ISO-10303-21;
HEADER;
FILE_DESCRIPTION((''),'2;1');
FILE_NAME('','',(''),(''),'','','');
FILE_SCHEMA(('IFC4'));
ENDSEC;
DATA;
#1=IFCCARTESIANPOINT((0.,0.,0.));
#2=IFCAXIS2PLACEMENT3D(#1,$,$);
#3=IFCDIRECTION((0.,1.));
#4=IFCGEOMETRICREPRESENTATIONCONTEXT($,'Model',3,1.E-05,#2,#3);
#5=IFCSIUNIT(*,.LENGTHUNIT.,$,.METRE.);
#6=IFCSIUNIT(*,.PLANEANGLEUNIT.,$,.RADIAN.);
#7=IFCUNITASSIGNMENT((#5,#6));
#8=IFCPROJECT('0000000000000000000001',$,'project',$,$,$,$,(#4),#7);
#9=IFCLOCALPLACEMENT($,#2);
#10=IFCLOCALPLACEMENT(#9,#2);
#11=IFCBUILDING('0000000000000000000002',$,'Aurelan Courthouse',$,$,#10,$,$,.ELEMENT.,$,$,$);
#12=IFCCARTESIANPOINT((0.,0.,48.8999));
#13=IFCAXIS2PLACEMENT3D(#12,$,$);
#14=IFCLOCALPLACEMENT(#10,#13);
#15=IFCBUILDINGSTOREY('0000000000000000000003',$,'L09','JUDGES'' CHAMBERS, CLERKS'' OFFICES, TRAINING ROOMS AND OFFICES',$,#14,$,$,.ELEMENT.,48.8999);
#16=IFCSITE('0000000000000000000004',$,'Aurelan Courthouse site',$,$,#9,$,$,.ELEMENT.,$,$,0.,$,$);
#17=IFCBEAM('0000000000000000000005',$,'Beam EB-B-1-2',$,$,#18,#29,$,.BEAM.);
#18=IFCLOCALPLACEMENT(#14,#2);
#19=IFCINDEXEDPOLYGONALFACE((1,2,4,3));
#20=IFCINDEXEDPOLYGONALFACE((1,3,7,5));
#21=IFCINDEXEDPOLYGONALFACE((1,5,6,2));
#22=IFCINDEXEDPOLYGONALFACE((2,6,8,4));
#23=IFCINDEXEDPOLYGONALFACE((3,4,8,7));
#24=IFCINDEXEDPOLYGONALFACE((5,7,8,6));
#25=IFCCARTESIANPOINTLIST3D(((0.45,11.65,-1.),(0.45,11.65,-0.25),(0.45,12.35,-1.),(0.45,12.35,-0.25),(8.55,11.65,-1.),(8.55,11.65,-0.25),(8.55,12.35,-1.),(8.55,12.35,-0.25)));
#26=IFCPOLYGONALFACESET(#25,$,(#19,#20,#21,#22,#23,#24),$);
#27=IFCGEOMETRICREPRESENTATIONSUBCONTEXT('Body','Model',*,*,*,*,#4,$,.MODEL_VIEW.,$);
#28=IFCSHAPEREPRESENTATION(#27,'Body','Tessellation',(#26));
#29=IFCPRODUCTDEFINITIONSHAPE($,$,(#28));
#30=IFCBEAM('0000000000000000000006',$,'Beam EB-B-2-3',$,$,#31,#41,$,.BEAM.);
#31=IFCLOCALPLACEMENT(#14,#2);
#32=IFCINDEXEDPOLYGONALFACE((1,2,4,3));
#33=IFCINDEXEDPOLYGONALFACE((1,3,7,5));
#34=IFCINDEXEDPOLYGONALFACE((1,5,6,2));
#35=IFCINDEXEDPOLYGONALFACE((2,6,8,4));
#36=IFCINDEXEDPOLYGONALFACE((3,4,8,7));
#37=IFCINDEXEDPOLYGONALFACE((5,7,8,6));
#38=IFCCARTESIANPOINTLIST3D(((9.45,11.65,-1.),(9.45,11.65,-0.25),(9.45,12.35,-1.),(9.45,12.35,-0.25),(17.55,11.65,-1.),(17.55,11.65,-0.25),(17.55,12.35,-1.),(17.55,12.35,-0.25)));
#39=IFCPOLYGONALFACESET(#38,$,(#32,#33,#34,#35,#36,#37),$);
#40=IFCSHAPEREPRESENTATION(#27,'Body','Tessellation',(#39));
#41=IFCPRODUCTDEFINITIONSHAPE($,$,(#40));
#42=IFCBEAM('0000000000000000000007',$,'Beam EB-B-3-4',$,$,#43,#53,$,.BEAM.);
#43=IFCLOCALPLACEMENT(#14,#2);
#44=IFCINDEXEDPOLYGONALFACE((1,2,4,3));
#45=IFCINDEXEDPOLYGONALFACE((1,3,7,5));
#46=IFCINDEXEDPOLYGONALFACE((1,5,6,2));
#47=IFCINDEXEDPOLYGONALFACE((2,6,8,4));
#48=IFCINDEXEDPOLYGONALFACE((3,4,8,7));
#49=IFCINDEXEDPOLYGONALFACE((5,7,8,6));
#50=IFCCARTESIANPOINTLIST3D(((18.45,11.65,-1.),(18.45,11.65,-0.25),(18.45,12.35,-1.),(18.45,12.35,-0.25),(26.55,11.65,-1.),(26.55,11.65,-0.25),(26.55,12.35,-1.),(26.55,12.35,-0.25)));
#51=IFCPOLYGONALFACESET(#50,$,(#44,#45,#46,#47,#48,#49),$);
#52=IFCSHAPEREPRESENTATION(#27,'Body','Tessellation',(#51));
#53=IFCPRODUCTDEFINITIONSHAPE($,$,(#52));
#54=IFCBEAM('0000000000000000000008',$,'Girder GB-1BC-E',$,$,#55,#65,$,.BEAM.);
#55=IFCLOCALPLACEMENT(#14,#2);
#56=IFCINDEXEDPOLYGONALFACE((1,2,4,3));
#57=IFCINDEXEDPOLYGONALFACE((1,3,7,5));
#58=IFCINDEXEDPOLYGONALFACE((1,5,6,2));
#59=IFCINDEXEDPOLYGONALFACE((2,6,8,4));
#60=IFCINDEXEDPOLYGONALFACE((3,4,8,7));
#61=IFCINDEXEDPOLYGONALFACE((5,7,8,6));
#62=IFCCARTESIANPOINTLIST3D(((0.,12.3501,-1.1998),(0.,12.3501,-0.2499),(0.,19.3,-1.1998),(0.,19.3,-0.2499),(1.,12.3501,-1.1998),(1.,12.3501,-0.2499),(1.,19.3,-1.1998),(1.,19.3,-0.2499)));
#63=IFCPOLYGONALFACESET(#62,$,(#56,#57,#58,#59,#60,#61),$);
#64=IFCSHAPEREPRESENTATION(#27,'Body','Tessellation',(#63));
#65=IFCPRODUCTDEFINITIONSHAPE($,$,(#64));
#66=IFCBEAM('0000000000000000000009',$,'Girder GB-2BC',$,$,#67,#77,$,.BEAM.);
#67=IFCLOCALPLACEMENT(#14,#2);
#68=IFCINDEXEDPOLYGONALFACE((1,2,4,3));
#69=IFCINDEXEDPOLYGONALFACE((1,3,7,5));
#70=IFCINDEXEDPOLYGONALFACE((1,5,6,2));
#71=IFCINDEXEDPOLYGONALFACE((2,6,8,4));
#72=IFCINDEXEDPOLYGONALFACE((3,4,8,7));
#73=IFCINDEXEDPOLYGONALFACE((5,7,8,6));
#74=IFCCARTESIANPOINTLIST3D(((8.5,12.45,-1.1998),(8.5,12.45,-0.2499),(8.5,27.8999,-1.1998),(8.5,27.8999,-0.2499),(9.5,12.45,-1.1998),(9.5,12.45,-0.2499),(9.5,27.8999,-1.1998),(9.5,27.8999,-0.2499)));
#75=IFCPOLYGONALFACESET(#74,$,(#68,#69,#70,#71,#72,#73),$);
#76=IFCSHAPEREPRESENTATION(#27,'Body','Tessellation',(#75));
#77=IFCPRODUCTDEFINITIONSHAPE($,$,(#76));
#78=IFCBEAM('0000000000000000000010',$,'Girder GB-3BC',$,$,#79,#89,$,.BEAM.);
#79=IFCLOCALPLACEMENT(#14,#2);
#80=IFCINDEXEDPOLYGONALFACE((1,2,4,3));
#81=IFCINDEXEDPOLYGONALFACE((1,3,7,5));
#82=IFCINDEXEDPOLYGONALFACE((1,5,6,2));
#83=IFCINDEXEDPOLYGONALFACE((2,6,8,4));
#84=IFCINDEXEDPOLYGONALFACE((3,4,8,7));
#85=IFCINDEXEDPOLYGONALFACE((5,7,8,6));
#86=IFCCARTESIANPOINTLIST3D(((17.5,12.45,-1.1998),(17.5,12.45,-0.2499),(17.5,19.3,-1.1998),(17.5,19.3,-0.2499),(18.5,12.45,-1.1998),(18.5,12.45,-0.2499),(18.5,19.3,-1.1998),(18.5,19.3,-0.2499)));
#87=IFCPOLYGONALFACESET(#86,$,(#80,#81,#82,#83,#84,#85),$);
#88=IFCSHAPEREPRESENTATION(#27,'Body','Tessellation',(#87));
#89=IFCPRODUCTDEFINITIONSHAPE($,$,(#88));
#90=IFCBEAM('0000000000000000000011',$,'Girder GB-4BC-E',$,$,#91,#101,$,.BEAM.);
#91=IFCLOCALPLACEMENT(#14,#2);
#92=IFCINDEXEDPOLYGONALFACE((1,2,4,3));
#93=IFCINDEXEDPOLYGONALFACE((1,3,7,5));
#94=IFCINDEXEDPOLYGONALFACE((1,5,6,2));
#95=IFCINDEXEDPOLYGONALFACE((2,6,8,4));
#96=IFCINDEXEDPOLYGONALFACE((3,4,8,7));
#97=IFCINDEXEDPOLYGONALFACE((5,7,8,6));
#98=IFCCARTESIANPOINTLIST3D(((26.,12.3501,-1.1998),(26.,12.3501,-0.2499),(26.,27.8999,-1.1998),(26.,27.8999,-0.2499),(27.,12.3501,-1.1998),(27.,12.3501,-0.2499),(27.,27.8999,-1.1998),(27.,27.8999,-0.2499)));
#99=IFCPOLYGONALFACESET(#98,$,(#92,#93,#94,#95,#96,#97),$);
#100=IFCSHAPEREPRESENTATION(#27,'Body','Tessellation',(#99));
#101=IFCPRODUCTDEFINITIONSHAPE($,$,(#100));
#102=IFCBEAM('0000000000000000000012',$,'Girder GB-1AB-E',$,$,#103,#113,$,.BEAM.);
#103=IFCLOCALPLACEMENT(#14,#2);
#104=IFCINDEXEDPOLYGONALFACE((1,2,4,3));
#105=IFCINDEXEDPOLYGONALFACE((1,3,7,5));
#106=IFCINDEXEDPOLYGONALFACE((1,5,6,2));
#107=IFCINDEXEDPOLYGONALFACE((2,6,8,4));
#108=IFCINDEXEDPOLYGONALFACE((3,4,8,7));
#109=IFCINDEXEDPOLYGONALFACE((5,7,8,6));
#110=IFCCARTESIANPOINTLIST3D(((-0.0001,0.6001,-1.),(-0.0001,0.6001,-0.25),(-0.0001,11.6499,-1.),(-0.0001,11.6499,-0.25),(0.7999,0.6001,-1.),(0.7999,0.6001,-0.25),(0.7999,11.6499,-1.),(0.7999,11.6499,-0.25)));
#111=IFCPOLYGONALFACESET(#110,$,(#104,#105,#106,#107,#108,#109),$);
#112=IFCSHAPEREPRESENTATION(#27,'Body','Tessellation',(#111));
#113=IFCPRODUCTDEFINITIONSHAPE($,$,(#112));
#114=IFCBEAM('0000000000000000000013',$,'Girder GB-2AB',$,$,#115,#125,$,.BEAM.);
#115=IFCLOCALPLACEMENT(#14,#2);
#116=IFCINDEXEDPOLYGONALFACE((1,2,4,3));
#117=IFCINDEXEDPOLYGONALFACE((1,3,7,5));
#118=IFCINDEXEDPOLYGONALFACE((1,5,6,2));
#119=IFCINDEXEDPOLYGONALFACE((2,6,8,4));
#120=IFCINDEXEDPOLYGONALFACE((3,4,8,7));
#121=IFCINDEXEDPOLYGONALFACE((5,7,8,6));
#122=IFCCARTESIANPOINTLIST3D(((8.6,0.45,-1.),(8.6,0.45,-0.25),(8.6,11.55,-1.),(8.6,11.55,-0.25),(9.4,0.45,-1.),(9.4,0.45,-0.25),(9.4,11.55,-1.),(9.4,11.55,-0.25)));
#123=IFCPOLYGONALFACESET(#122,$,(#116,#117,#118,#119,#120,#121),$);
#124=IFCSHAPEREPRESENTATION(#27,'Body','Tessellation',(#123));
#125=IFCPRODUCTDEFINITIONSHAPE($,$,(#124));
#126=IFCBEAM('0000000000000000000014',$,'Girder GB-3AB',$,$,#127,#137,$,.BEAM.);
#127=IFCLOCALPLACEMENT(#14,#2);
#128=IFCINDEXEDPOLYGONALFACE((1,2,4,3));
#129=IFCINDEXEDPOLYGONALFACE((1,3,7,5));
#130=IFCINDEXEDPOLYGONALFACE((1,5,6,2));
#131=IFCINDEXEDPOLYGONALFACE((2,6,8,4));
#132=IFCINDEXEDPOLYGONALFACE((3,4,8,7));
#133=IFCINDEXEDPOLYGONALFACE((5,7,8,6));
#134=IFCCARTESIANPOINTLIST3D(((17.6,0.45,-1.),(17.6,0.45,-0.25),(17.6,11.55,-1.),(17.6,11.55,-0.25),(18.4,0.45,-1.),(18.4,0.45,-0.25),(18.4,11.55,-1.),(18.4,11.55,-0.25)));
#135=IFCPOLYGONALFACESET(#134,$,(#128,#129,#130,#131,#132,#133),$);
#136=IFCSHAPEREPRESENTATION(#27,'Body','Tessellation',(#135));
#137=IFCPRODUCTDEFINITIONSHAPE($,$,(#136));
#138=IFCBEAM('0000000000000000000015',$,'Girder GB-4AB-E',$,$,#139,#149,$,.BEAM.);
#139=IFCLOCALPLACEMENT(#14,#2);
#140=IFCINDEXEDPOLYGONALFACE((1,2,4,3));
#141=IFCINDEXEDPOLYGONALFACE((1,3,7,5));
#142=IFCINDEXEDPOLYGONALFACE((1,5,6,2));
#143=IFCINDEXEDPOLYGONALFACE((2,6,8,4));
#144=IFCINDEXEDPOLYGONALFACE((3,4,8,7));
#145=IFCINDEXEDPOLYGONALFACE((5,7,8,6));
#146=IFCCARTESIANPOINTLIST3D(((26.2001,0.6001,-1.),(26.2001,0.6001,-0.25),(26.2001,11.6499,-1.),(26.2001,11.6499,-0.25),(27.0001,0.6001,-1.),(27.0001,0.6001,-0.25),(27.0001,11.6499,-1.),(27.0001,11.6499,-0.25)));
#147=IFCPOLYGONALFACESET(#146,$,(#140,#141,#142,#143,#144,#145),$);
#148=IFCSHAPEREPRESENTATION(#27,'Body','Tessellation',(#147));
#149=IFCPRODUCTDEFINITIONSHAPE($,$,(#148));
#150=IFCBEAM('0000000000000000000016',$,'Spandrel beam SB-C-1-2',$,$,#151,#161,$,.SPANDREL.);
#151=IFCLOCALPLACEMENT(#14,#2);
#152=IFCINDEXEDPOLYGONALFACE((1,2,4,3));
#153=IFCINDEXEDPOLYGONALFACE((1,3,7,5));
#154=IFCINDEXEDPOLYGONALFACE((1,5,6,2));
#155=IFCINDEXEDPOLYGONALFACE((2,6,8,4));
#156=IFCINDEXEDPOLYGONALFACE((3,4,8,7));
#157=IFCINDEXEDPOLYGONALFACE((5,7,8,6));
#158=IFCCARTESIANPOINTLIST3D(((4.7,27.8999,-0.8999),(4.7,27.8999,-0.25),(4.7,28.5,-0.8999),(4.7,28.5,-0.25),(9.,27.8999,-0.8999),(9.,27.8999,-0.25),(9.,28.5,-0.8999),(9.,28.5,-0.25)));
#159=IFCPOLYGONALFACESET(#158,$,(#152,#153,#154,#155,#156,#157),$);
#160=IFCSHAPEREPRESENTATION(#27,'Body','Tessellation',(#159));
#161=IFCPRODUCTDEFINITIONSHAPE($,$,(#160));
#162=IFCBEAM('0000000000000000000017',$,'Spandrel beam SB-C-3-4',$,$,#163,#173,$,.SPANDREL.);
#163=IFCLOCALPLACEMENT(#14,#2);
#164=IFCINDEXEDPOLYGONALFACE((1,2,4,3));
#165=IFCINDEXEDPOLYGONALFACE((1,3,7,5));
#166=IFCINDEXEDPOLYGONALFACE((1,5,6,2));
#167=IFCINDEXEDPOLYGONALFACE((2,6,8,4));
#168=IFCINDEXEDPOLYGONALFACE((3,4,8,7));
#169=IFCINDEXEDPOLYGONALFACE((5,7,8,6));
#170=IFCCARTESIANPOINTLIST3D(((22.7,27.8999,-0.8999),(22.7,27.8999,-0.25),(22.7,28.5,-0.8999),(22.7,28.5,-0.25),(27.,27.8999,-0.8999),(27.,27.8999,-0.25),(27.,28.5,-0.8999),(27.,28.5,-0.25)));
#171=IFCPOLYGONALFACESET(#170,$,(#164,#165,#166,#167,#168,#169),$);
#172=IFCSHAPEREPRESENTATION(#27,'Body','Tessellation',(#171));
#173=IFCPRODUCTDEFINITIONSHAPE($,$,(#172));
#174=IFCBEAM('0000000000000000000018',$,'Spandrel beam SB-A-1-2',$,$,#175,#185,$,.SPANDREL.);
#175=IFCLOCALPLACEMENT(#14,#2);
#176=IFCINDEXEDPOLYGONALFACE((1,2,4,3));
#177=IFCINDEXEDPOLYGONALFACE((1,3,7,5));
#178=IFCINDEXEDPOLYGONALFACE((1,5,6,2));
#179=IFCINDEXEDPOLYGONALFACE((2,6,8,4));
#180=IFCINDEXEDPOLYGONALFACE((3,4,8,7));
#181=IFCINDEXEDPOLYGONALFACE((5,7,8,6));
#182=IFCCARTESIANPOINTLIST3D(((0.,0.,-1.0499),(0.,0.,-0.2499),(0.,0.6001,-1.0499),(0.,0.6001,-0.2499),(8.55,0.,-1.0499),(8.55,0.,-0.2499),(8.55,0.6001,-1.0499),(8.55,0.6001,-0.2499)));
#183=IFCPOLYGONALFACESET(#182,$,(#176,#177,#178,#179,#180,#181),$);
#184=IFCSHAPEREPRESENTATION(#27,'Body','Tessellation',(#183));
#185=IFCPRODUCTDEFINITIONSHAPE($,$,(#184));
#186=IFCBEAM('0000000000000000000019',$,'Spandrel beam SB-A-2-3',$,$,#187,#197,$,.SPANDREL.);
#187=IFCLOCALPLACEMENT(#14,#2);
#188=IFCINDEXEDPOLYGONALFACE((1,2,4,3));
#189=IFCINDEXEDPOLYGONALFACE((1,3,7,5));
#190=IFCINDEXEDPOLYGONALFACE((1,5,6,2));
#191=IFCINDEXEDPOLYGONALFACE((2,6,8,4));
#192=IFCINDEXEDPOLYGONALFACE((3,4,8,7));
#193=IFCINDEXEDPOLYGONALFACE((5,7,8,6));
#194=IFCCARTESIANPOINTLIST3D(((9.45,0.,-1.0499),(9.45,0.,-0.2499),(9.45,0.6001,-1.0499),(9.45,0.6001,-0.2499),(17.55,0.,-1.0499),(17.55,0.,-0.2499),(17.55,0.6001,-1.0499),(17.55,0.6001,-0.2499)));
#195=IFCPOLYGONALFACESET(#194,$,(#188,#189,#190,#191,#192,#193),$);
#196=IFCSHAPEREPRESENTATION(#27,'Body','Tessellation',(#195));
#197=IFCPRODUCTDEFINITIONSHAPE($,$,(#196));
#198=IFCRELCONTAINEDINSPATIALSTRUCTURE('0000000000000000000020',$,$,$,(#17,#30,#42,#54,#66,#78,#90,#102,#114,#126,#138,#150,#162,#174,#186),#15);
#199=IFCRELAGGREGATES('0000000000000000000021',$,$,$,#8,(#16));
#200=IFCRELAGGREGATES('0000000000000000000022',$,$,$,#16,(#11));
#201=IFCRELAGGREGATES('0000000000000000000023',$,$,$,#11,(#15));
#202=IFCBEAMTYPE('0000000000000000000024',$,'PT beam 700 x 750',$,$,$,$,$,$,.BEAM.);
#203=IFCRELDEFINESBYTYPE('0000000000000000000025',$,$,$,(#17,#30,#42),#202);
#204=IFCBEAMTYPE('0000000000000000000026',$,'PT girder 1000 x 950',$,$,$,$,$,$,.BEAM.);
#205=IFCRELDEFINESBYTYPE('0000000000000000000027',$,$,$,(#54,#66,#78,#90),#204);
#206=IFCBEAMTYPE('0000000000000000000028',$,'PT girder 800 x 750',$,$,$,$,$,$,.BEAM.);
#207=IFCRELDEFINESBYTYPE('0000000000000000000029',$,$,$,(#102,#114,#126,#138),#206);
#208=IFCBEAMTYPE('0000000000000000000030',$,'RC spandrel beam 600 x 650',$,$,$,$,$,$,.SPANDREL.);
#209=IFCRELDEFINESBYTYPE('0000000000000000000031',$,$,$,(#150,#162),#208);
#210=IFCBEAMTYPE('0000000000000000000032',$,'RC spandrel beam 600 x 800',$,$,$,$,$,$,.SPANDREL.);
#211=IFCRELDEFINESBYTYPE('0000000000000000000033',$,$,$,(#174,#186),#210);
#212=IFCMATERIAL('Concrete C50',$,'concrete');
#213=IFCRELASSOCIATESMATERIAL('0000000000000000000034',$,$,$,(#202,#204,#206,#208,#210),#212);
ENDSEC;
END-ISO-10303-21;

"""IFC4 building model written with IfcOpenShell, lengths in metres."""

from ifc_helpers import new_model, si_unit, direction, frame, origin, origin_2d, place, context, subcontext, project, spatial, rectangle, extrude, material, material_profile, profile_set, type_object, element, save


model = new_model("IFC4")

# Units and contexts
model_context = context("Model", 3, precision=1e-05, world=origin(), true_north=direction((0.0, 1.0)))
body_context = subcontext(model_context, "Body", "Model", "MODEL_VIEW")
ifc_project = project(units=[si_unit("LENGTHUNIT", "METRE"), si_unit("PLANEANGLEUNIT", "RADIAN")], contexts=[model_context])

# Site, building, storey
site_placement = place(None, origin())
site = spatial("IfcSite", under=ifc_project, at=site_placement, Name="Aurelan Courthouse site", CompositionType="ELEMENT", RefElevation=0.0)
building_placement = place(site_placement, origin())
building = spatial("IfcBuilding", under=site, at=building_placement, Name="Aurelan Courthouse", CompositionType="ELEMENT")
storey_placement = place(building_placement, frame((0.0, 0.0, 48.8999)))
storey = spatial("IfcBuildingStorey", under=building, at=storey_placement, Name="L09", Description="JUDGES' CHAMBERS, CLERKS' OFFICES, TRAINING ROOMS AND OFFICES", CompositionType="ELEMENT", Elevation=48.8999)

# Beams
ifc_material_1 = material(Name="Concrete C50", Category="concrete")
ifc_material_profile_1 = material_profile(ifc_material_1, rectangle(XDim=0.7, YDim=0.75, at=origin_2d()), Name="RC 700 x 750")
ifc_profile_set_1 = profile_set([ifc_material_profile_1], Name="Concrete C50")
beam_type_1 = type_object("IfcBeamType", Name="PT beam 700 x 750", PredefinedType="BEAM", material=ifc_profile_set_1)
for number, where, z_axis, x_axis, name in (
    (1, (0.45, 12.0, -0.625), (1.0, 0.0, 0.0), (0.0, 1.0, 0.0), "Beam EB-B-1-2"),
    (2, (9.45, 12.0, -0.625), (1.0, 0.0, 0.0), (0.0, 1.0, 0.0), "Beam EB-B-2-3"),
    (3, (18.45, 12.0, -0.625), (1.0, 0.0, 0.0), (0.0, 1.0, 0.0), "Beam EB-B-3-4"),
):
    element("IfcBeam", number, at=place(storey_placement, frame(where, z_axis=z_axis, x_axis=x_axis)), inside=storey, type_object=beam_type_1, Name=name, PredefinedType="BEAM", context=body_context, shape_type="SweptSolid", body=[
        extrude(rectangle(XDim=0.7, YDim=0.75, at=origin_2d()), origin(), (0.0, 0.0, 1.0), 8.1001),
    ])
ifc_material_profile_2 = material_profile(ifc_material_1, rectangle(XDim=1.0, YDim=0.95, at=origin_2d()), Name="RC 1000 x 950")
ifc_profile_set_2 = profile_set([ifc_material_profile_2], Name="Concrete C50")
beam_type_2 = type_object("IfcBeamType", Name="PT girder 1000 x 950", PredefinedType="BEAM", material=ifc_profile_set_2)
beam_1_placement = place(storey_placement, frame((0.5, 12.3501, -0.7249), z_axis=(0.0, 1.0, 0.0), x_axis=(-1.0, 0.0, 0.0)))
element("IfcBeam", 4, at=beam_1_placement, inside=storey, type_object=beam_type_2, Name="Girder GB-1BC-E", PredefinedType="BEAM", context=body_context, shape_type="SweptSolid", body=[
    extrude(rectangle(XDim=1.0, YDim=0.95, at=origin_2d()), origin(), (0.0, 0.0, 1.0), 6.95),
])
beam_2_placement = place(storey_placement, frame((9.0, 12.45, -0.7249), z_axis=(0.0, 1.0, 0.0), x_axis=(-1.0, 0.0, 0.0)))
element("IfcBeam", 5, at=beam_2_placement, inside=storey, type_object=beam_type_2, Name="Girder GB-2BC", PredefinedType="BEAM", context=body_context, shape_type="SweptSolid", body=[
    extrude(rectangle(XDim=1.0, YDim=0.95, at=origin_2d()), origin(), (0.0, 0.0, 1.0), 15.45),
])
beam_3_placement = place(storey_placement, frame((18.0, 12.45, -0.7249), z_axis=(0.0, 1.0, 0.0), x_axis=(-1.0, 0.0, 0.0)))
element("IfcBeam", 6, at=beam_3_placement, inside=storey, type_object=beam_type_2, Name="Girder GB-3BC", PredefinedType="BEAM", context=body_context, shape_type="SweptSolid", body=[
    extrude(rectangle(XDim=1.0, YDim=0.95, at=origin_2d()), origin(), (0.0, 0.0, 1.0), 6.8501),
])
beam_4_placement = place(storey_placement, frame((26.5, 12.3501, -0.7249), z_axis=(0.0, 1.0, 0.0), x_axis=(-1.0, 0.0, 0.0)))
element("IfcBeam", 7, at=beam_4_placement, inside=storey, type_object=beam_type_2, Name="Girder GB-4BC-E", PredefinedType="BEAM", context=body_context, shape_type="SweptSolid", body=[
    extrude(rectangle(XDim=1.0, YDim=0.95, at=origin_2d()), origin(), (0.0, 0.0, 1.0), 15.5498),
])
ifc_material_profile_3 = material_profile(ifc_material_1, rectangle(XDim=0.8, YDim=0.75, at=origin_2d()), Name="RC 800 x 750")
ifc_profile_set_3 = profile_set([ifc_material_profile_3], Name="Concrete C50")
beam_type_3 = type_object("IfcBeamType", Name="PT girder 800 x 750", PredefinedType="BEAM", material=ifc_profile_set_3)
beam_5_placement = place(storey_placement, frame((0.3999, 0.6001, -0.625), z_axis=(0.0, 1.0, 0.0), x_axis=(-1.0, 0.0, 0.0)))
element("IfcBeam", 8, at=beam_5_placement, inside=storey, type_object=beam_type_3, Name="Girder GB-1AB-E", PredefinedType="BEAM", context=body_context, shape_type="SweptSolid", body=[
    extrude(rectangle(XDim=0.8, YDim=0.75, at=origin_2d()), origin(), (0.0, 0.0, 1.0), 11.0498),
])
for number, where, z_axis, x_axis, name in (
    (9, (9.0, 0.45, -0.625), (0.0, 1.0, 0.0), (-1.0, 0.0, 0.0), "Girder GB-2AB"),
    (10, (18.0, 0.45, -0.625), (0.0, 1.0, 0.0), (-1.0, 0.0, 0.0), "Girder GB-3AB"),
):
    element("IfcBeam", number, at=place(storey_placement, frame(where, z_axis=z_axis, x_axis=x_axis)), inside=storey, type_object=beam_type_3, Name=name, PredefinedType="BEAM", context=body_context, shape_type="SweptSolid", body=[
        extrude(rectangle(XDim=0.8, YDim=0.75, at=origin_2d()), origin(), (0.0, 0.0, 1.0), 11.1001),
    ])
beam_6_placement = place(storey_placement, frame((26.6001, 0.6001, -0.625), z_axis=(0.0, 1.0, 0.0), x_axis=(-1.0, 0.0, 0.0)))
element("IfcBeam", 11, at=beam_6_placement, inside=storey, type_object=beam_type_3, Name="Girder GB-4AB-E", PredefinedType="BEAM", context=body_context, shape_type="SweptSolid", body=[
    extrude(rectangle(XDim=0.8, YDim=0.75, at=origin_2d()), origin(), (0.0, 0.0, 1.0), 11.0498),
])
ifc_material_profile_4 = material_profile(ifc_material_1, rectangle(XDim=0.6001, YDim=0.6499, at=origin_2d()), Name="RC 600 x 650")
ifc_profile_set_4 = profile_set([ifc_material_profile_4], Name="Concrete C50")
beam_type_4 = type_object("IfcBeamType", Name="RC spandrel beam 600 x 650", PredefinedType="SPANDREL", material=ifc_profile_set_4)
for number, where, z_axis, x_axis, name in (
    (12, (4.7, 28.2, -0.575), (1.0, 0.0, 0.0), (0.0, 1.0, 0.0), "Spandrel beam SB-C-1-2"),
    (13, (22.7, 28.2, -0.575), (1.0, 0.0, 0.0), (0.0, 1.0, 0.0), "Spandrel beam SB-C-3-4"),
):
    element("IfcBeam", number, at=place(storey_placement, frame(where, z_axis=z_axis, x_axis=x_axis)), inside=storey, type_object=beam_type_4, Name=name, PredefinedType="SPANDREL", context=body_context, shape_type="SweptSolid", body=[
        extrude(rectangle(XDim=0.6001, YDim=0.6499, at=origin_2d()), origin(), (0.0, 0.0, 1.0), 4.3),
    ])
ifc_material_profile_5 = material_profile(ifc_material_1, rectangle(XDim=0.6001, YDim=0.8, at=origin_2d()), Name="RC 600 x 800")
ifc_profile_set_5 = profile_set([ifc_material_profile_5], Name="Concrete C50")
beam_type_5 = type_object("IfcBeamType", Name="RC spandrel beam 600 x 800", PredefinedType="SPANDREL", material=ifc_profile_set_5)
beam_7_placement = place(storey_placement, frame((0.0, 0.3, -0.6499), z_axis=(1.0, 0.0, 0.0), x_axis=(0.0, 1.0, 0.0)))
element("IfcBeam", 14, at=beam_7_placement, inside=storey, type_object=beam_type_5, Name="Spandrel beam SB-A-1-2", PredefinedType="SPANDREL", context=body_context, shape_type="SweptSolid", body=[
    extrude(rectangle(XDim=0.6001, YDim=0.8, at=origin_2d()), origin(), (0.0, 0.0, 1.0), 8.55),
])
beam_8_placement = place(storey_placement, frame((9.45, 0.3, -0.6499), z_axis=(1.0, 0.0, 0.0), x_axis=(0.0, 1.0, 0.0)))
element("IfcBeam", 15, at=beam_8_placement, inside=storey, type_object=beam_type_5, Name="Spandrel beam SB-A-2-3", PredefinedType="SPANDREL", context=body_context, shape_type="SweptSolid", body=[
    extrude(rectangle(XDim=0.6001, YDim=0.8, at=origin_2d()), origin(), (0.0, 0.0, 1.0), 8.1001),
])

save(model, "model.ifc")
